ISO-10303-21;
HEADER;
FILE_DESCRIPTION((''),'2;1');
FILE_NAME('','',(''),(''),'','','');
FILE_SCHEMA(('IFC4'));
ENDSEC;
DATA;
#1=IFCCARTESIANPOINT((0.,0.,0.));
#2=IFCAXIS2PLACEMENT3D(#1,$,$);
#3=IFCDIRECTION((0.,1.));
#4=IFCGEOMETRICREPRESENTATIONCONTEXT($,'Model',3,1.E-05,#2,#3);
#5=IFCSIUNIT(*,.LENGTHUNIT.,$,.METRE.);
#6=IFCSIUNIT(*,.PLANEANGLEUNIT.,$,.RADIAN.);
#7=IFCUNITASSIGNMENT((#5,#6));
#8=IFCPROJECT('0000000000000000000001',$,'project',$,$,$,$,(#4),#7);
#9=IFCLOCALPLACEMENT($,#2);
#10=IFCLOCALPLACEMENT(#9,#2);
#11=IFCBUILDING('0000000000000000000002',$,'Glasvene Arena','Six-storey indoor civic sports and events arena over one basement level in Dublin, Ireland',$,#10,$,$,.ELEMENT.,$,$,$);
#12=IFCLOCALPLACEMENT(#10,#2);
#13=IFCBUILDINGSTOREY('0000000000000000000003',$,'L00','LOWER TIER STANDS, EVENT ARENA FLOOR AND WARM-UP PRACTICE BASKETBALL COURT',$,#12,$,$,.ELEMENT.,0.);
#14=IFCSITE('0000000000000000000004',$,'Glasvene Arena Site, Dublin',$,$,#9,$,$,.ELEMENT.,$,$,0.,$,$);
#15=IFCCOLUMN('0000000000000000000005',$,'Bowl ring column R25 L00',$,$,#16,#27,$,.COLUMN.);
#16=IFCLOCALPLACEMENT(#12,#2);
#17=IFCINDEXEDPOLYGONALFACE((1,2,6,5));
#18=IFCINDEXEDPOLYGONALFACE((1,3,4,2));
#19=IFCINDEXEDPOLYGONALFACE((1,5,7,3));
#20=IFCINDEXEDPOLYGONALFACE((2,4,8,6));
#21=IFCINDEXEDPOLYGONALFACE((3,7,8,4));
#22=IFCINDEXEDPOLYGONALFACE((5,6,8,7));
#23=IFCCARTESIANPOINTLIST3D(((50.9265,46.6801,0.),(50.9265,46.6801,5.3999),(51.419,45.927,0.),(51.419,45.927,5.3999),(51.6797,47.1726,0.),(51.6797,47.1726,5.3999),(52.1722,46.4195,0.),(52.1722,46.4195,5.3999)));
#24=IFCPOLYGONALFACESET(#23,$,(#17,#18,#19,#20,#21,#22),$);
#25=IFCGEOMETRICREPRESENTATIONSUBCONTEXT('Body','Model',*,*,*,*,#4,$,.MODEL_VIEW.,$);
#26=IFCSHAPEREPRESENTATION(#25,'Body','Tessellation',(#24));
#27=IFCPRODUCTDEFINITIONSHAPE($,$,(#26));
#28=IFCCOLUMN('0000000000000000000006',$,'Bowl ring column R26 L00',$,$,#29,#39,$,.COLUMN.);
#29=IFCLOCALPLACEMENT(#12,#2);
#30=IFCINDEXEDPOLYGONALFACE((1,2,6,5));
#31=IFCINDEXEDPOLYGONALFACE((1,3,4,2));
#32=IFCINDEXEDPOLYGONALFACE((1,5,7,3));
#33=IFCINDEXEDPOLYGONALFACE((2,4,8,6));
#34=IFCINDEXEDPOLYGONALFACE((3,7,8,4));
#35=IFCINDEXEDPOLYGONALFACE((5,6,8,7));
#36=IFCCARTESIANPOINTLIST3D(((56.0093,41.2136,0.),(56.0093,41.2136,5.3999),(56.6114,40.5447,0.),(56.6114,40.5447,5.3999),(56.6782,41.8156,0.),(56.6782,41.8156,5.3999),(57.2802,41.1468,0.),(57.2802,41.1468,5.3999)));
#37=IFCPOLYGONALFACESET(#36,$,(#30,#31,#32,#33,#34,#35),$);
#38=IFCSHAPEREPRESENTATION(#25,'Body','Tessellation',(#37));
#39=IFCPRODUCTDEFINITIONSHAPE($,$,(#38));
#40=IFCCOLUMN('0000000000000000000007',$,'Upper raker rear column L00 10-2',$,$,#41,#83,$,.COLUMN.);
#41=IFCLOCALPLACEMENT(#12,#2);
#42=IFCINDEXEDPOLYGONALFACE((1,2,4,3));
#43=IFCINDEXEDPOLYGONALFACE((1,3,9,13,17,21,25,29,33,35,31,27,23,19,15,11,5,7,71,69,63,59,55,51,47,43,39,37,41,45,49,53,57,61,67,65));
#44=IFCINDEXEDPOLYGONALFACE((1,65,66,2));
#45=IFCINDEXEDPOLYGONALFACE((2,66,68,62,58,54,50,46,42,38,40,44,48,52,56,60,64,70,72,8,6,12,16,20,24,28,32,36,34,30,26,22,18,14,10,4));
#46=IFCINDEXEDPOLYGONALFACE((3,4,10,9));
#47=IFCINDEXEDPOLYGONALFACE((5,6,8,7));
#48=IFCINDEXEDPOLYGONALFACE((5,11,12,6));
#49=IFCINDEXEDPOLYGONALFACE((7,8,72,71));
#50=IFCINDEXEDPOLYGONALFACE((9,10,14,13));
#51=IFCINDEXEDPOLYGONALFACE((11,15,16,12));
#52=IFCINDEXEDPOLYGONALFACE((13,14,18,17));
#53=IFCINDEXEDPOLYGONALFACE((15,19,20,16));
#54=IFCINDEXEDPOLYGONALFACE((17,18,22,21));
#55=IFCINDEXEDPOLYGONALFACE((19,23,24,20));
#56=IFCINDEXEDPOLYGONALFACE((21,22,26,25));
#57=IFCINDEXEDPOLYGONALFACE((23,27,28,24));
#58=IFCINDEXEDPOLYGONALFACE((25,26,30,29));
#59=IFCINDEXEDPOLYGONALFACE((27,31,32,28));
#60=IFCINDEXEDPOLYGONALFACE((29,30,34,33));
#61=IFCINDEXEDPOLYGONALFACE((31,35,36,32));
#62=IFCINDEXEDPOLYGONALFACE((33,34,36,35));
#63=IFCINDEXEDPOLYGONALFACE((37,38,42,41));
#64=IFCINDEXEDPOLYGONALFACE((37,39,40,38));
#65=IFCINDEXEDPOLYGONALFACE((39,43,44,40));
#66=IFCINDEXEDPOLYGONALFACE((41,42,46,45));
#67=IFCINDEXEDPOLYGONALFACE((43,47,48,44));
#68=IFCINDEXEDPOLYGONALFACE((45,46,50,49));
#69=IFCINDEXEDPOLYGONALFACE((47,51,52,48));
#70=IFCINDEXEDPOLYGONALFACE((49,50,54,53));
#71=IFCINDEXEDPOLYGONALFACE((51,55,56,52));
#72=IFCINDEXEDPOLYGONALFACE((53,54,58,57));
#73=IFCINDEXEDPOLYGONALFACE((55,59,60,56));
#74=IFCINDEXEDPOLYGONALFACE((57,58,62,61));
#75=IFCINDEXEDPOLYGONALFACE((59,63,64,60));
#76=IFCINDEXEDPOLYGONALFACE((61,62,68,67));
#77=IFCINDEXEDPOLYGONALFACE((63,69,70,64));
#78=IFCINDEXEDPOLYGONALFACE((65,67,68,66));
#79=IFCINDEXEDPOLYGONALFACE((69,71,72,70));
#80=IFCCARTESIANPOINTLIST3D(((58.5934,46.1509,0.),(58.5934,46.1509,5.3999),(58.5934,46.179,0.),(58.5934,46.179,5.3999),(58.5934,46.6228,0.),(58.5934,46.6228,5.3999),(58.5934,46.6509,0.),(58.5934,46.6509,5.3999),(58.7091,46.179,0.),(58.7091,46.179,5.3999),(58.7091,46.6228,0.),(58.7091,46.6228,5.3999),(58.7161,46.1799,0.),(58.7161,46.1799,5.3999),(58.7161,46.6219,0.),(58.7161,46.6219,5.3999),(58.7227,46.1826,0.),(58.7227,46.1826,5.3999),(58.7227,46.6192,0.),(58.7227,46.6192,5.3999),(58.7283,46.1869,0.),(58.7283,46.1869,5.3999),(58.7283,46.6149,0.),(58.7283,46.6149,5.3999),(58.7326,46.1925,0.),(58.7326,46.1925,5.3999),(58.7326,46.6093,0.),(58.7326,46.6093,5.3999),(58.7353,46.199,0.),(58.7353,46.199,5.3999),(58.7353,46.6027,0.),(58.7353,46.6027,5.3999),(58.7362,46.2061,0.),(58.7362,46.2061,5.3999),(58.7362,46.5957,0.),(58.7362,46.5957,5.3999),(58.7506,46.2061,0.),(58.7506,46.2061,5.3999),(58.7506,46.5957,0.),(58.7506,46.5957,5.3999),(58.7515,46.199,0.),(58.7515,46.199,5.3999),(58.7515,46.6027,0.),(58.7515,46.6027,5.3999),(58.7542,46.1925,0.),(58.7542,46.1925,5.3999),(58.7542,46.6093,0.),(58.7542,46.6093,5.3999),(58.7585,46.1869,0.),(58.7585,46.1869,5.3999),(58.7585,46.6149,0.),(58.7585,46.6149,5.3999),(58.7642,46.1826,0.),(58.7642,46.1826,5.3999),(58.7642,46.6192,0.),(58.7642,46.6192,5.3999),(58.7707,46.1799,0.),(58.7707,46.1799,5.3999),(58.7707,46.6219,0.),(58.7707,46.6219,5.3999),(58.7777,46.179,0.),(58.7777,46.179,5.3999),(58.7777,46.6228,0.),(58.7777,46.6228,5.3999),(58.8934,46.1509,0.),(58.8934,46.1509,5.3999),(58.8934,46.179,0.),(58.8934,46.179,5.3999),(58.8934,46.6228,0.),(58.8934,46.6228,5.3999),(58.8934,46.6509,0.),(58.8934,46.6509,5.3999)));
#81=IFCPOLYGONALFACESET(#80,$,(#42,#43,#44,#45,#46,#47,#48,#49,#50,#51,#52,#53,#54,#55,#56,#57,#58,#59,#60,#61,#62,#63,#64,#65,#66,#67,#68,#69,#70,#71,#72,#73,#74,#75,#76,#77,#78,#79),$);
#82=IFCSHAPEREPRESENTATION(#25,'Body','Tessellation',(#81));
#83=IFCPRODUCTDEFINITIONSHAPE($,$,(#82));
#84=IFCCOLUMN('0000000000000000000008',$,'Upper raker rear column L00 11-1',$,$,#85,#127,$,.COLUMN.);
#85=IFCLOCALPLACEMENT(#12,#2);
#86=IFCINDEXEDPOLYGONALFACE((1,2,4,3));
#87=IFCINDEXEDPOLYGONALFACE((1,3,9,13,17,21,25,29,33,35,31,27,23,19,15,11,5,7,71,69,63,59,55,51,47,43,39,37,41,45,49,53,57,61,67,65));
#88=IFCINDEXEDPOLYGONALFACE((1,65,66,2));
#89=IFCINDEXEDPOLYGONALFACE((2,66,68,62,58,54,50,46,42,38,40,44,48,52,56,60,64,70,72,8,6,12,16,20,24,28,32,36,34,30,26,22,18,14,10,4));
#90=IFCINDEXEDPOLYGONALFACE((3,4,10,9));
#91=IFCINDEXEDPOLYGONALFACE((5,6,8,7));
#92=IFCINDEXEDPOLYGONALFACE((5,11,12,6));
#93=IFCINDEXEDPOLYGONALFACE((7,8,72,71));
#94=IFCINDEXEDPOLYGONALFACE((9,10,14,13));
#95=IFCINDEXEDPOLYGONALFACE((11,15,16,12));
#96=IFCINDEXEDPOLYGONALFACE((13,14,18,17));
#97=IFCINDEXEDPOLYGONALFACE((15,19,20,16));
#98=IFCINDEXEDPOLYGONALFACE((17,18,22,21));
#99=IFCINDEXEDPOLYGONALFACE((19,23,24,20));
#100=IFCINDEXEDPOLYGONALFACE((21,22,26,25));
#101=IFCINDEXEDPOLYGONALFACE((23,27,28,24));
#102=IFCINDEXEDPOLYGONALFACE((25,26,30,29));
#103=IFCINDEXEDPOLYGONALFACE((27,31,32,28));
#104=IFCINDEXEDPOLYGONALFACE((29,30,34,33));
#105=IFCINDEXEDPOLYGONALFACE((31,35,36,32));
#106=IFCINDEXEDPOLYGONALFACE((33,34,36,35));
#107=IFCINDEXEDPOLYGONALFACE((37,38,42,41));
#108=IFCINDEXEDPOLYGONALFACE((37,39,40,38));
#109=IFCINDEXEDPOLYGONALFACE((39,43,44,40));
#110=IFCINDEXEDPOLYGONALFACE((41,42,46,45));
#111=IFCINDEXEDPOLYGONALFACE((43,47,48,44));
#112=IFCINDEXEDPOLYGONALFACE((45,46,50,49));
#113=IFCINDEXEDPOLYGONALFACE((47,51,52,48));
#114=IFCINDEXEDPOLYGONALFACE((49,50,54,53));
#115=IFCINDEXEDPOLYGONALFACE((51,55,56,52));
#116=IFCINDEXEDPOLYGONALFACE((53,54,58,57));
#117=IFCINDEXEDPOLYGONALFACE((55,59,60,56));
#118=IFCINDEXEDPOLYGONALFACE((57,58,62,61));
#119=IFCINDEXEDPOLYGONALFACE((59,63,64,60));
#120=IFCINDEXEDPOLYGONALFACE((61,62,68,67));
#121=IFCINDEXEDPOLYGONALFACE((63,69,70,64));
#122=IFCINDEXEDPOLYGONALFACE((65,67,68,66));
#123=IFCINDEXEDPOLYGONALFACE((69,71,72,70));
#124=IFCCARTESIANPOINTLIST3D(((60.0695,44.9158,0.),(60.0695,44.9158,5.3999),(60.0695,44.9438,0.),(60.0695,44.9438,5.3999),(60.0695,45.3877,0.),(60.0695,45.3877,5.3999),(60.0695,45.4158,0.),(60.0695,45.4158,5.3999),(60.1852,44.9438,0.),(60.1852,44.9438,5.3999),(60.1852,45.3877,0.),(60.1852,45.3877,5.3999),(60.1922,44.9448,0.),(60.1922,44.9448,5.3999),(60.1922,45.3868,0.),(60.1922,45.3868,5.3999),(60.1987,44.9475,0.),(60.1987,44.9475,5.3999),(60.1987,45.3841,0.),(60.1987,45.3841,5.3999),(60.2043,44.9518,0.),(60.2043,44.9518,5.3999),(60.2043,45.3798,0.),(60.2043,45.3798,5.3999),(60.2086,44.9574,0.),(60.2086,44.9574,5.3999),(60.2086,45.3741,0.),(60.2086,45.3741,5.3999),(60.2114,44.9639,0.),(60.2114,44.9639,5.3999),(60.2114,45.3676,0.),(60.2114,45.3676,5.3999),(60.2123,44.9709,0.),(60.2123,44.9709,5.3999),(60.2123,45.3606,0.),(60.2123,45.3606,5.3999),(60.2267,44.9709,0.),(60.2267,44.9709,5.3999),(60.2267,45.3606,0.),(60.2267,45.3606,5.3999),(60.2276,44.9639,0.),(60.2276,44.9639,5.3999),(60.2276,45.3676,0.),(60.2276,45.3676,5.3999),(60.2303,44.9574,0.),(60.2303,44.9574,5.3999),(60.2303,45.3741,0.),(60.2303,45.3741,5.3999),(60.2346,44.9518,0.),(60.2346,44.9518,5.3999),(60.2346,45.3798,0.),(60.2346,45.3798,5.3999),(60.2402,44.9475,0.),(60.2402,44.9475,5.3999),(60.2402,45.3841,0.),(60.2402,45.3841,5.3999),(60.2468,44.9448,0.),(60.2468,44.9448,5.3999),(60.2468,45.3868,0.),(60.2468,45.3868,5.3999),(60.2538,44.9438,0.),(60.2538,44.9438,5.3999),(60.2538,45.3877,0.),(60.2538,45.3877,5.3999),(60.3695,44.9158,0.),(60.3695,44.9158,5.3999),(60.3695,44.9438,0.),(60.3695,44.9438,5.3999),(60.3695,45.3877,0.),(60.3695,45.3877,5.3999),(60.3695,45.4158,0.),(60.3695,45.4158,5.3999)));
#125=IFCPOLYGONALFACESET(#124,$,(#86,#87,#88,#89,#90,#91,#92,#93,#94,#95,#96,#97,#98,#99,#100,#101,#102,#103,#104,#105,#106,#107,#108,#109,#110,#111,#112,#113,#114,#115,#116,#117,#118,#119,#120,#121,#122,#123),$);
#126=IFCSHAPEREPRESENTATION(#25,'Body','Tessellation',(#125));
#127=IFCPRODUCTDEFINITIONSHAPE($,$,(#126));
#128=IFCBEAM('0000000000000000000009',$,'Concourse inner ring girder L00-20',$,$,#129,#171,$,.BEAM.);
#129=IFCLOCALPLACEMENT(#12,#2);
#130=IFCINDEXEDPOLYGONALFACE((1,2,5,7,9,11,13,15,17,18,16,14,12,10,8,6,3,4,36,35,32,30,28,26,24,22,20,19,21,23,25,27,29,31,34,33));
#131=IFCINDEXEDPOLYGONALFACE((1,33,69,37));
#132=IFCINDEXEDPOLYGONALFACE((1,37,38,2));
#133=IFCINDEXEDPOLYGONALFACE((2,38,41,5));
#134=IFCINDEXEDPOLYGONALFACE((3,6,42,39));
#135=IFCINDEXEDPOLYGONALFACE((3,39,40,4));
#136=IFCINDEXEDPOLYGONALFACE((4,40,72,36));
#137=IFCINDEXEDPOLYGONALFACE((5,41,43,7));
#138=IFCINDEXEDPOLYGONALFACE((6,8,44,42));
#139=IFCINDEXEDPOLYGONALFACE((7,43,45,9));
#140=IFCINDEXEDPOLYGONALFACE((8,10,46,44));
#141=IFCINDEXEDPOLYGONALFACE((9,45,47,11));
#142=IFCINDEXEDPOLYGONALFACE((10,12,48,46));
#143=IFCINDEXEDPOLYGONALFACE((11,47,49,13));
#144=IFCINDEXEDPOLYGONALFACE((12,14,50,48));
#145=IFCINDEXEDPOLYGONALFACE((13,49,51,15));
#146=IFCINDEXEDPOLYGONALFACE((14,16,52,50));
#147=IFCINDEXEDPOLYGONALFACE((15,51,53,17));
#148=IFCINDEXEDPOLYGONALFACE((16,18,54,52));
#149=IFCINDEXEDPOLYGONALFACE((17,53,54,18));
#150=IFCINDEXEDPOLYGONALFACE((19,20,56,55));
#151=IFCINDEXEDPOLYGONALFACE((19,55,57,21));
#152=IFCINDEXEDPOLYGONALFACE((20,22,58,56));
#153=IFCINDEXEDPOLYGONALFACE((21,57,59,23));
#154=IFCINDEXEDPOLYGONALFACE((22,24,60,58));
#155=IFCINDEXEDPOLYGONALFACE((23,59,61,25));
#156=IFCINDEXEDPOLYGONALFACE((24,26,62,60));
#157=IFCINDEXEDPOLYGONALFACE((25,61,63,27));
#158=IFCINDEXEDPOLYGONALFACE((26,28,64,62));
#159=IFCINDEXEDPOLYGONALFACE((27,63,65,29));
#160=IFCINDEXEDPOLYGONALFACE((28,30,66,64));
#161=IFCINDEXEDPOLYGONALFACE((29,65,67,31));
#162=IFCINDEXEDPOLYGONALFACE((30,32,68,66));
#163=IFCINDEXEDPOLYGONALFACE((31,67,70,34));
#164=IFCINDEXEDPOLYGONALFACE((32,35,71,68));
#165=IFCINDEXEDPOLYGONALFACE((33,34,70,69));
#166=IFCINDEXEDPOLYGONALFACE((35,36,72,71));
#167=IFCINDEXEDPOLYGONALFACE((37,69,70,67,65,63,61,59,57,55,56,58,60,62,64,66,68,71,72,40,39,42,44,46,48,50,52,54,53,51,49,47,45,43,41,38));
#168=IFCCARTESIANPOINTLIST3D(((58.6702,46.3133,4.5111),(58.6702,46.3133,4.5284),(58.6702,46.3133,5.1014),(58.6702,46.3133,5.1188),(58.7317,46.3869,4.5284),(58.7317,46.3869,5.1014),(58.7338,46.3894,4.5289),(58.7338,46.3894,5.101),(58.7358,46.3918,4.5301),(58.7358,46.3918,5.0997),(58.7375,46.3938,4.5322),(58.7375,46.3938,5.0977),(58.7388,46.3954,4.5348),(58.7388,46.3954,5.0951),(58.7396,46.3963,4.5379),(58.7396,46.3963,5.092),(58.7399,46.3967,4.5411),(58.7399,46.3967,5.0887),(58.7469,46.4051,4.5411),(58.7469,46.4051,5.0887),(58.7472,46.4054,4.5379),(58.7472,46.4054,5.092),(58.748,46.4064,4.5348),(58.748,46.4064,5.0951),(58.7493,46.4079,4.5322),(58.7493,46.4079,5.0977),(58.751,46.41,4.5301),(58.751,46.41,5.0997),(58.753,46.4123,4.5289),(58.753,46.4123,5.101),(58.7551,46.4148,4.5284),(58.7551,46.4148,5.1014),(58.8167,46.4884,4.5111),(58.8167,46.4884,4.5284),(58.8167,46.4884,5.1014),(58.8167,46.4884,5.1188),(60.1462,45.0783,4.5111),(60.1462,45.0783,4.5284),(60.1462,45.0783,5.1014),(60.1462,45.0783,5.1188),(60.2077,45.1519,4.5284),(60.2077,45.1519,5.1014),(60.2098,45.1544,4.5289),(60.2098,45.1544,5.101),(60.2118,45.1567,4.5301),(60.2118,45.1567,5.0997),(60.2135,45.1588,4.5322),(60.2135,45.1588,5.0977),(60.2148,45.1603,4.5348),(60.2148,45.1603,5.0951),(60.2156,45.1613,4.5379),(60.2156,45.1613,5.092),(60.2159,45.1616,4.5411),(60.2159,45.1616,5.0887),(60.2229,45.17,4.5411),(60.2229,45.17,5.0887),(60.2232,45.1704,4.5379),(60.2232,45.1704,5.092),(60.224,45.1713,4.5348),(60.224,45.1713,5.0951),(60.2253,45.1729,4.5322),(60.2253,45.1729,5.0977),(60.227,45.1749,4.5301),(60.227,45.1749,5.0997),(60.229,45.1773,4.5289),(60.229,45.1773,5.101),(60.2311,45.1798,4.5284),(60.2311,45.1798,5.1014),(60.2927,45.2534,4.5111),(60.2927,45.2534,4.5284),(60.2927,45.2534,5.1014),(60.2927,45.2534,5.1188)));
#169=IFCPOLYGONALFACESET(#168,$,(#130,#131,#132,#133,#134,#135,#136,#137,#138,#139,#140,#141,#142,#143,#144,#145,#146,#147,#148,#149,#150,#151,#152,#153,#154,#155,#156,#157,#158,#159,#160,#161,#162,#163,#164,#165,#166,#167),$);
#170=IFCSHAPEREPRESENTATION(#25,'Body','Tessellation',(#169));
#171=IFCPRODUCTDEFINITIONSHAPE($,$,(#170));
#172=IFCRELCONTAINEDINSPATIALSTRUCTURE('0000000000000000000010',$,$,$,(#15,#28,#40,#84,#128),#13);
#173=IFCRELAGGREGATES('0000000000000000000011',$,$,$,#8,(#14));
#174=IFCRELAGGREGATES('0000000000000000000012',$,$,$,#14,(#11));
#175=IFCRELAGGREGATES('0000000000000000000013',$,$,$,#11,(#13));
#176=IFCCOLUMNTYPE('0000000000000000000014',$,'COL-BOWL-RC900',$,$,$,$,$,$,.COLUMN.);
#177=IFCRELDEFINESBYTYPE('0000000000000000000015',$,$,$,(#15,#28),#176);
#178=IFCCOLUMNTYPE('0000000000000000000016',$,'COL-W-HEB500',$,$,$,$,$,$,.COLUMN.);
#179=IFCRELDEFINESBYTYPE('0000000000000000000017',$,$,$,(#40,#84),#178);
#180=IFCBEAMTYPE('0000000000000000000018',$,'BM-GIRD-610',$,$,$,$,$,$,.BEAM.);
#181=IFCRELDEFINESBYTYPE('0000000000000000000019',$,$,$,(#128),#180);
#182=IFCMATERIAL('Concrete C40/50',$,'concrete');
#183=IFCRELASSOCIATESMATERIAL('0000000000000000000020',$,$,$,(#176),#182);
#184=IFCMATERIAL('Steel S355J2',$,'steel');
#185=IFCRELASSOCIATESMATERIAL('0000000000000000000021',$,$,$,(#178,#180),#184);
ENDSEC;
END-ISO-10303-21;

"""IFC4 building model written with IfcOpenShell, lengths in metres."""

from ifc_helpers import new_model, si_unit, direction, frame, origin, origin_2d, place, context, subcontext, project, spatial, rectangle, i_section, extrude, material, material_profile, profile_set, type_object, element, save


model = new_model("IFC4")

# Units and contexts
model_context = context("Model", 3, precision=1e-05, world=origin(), true_north=direction((0.0, 1.0)))
body_context = subcontext(model_context, "Body", "Model", "MODEL_VIEW")
ifc_project = project(units=[si_unit("LENGTHUNIT", "METRE"), si_unit("PLANEANGLEUNIT", "RADIAN")], contexts=[model_context])

# Site, building, storey
site_placement = place(None, origin())
site = spatial("IfcSite", under=ifc_project, at=site_placement, Name="Glasvene Arena Site, Dublin", CompositionType="ELEMENT", RefElevation=0.0)
building_placement = place(site_placement, origin())
building = spatial("IfcBuilding", under=site, at=building_placement, Name="Glasvene Arena", Description="Six-storey indoor civic sports and events arena over one basement level in Dublin, Ireland", CompositionType="ELEMENT")
storey_placement = place(building_placement, origin())
storey = spatial("IfcBuildingStorey", under=building, at=storey_placement, Name="L00", Description="LOWER TIER STANDS, EVENT ARENA FLOOR AND WARM-UP PRACTICE BASKETBALL COURT", CompositionType="ELEMENT", Elevation=0.0)

# Columns
ifc_material_1 = material(Name="Concrete C40/50", Category="concrete")
ifc_material_profile_1 = material_profile(ifc_material_1, rectangle(XDim=0.8999, YDim=0.8999, at=origin_2d()), Name="RC 900x900")
ifc_profile_set_1 = profile_set([ifc_material_profile_1], Name="Concrete C40/50")
column_type_1 = type_object("IfcColumnType", Name="COL-BOWL-RC900", PredefinedType="COLUMN", material=ifc_profile_set_1)
for number, where, z_axis, x_axis, name in (
    (1, (51.5493, 46.5498, 0.0), (0.0, 0.0, 1.0), (-0.836955, -0.547271, 0.0), "Bowl ring column R25 L00"),
    (2, (56.6448, 41.1802, 0.0), (0.0, 0.0, 1.0), (-0.743262, -0.669001, 0.0), "Bowl ring column R26 L00"),
):
    element("IfcColumn", number, at=place(storey_placement, frame(where, z_axis=z_axis, x_axis=x_axis)), inside=storey, type_object=column_type_1, Name=name, PredefinedType="COLUMN", context=body_context, shape_type="SweptSolid", body=[
        extrude(rectangle(XDim=0.8999, YDim=0.8999, at=origin_2d()), origin(), (0.0, 0.0, 1.0), 5.3999),
    ])
ifc_material_2 = material(Name="Steel S355J2", Category="steel")
ifc_material_profile_2 = material_profile(ifc_material_2, i_section(OverallWidth=0.3, OverallDepth=0.5, WebThickness=0.0144, FlangeThickness=0.0281, FilletRadius=0.0271, at=origin_2d()), Name="HEB 500")
ifc_profile_set_2 = profile_set([ifc_material_profile_2], Name="Steel S355J2")
column_type_2 = type_object("IfcColumnType", Name="COL-W-HEB500", PredefinedType="COLUMN", material=ifc_profile_set_2)
for number, where, z_axis, x_axis, name in (
    (3, (58.7434, 46.4009, 0.0), (0.0, 0.0, 1.0), (1.0, 0.0, 0.0), "Upper raker rear column L00 10-2"),
    (4, (60.2195, 45.1658, 0.0), (0.0, 0.0, 1.0), (1.0, 0.0, 0.0), "Upper raker rear column L00 11-1"),
):
    element("IfcColumn", number, at=place(storey_placement, frame(where, z_axis=z_axis, x_axis=x_axis)), inside=storey, type_object=column_type_2, Name=name, PredefinedType="COLUMN", context=body_context, shape_type="SweptSolid", body=[
        extrude(i_section(OverallWidth=0.3, OverallDepth=0.5, WebThickness=0.0144, FlangeThickness=0.0281, FilletRadius=0.0271, at=origin_2d()), origin(), (0.0, 0.0, 1.0), 5.3999),
    ])

# Beam
ifc_material_profile_3 = material_profile(ifc_material_2, i_section(OverallWidth=0.2283, OverallDepth=0.6077, WebThickness=0.011, FlangeThickness=0.0173, FilletRadius=0.0127, at=origin_2d()), Name="UKB 610x229x113")
ifc_profile_set_3 = profile_set([ifc_material_profile_3], Name="Steel S355J2")
beam_type_1 = type_object("IfcBeamType", Name="BM-GIRD-610", PredefinedType="BEAM", material=ifc_profile_set_3)
beam_1_placement = place(storey_placement, frame((58.7434, 46.4009, 4.8149), z_axis=(0.76693, -0.64173, 0.0), x_axis=(0.64173, 0.76693, 0.0)))
element("IfcBeam", 5, at=beam_1_placement, inside=storey, type_object=beam_type_1, Name="Concourse inner ring girder L00-20", PredefinedType="BEAM", context=body_context, shape_type="SweptSolid", body=[
    extrude(i_section(OverallWidth=0.2283, OverallDepth=0.6077, WebThickness=0.011, FlangeThickness=0.0173, FilletRadius=0.0127, at=origin_2d()), origin(), (0.0, 0.0, 1.0), 1.9246),
])

save(model, "model.ifc")
